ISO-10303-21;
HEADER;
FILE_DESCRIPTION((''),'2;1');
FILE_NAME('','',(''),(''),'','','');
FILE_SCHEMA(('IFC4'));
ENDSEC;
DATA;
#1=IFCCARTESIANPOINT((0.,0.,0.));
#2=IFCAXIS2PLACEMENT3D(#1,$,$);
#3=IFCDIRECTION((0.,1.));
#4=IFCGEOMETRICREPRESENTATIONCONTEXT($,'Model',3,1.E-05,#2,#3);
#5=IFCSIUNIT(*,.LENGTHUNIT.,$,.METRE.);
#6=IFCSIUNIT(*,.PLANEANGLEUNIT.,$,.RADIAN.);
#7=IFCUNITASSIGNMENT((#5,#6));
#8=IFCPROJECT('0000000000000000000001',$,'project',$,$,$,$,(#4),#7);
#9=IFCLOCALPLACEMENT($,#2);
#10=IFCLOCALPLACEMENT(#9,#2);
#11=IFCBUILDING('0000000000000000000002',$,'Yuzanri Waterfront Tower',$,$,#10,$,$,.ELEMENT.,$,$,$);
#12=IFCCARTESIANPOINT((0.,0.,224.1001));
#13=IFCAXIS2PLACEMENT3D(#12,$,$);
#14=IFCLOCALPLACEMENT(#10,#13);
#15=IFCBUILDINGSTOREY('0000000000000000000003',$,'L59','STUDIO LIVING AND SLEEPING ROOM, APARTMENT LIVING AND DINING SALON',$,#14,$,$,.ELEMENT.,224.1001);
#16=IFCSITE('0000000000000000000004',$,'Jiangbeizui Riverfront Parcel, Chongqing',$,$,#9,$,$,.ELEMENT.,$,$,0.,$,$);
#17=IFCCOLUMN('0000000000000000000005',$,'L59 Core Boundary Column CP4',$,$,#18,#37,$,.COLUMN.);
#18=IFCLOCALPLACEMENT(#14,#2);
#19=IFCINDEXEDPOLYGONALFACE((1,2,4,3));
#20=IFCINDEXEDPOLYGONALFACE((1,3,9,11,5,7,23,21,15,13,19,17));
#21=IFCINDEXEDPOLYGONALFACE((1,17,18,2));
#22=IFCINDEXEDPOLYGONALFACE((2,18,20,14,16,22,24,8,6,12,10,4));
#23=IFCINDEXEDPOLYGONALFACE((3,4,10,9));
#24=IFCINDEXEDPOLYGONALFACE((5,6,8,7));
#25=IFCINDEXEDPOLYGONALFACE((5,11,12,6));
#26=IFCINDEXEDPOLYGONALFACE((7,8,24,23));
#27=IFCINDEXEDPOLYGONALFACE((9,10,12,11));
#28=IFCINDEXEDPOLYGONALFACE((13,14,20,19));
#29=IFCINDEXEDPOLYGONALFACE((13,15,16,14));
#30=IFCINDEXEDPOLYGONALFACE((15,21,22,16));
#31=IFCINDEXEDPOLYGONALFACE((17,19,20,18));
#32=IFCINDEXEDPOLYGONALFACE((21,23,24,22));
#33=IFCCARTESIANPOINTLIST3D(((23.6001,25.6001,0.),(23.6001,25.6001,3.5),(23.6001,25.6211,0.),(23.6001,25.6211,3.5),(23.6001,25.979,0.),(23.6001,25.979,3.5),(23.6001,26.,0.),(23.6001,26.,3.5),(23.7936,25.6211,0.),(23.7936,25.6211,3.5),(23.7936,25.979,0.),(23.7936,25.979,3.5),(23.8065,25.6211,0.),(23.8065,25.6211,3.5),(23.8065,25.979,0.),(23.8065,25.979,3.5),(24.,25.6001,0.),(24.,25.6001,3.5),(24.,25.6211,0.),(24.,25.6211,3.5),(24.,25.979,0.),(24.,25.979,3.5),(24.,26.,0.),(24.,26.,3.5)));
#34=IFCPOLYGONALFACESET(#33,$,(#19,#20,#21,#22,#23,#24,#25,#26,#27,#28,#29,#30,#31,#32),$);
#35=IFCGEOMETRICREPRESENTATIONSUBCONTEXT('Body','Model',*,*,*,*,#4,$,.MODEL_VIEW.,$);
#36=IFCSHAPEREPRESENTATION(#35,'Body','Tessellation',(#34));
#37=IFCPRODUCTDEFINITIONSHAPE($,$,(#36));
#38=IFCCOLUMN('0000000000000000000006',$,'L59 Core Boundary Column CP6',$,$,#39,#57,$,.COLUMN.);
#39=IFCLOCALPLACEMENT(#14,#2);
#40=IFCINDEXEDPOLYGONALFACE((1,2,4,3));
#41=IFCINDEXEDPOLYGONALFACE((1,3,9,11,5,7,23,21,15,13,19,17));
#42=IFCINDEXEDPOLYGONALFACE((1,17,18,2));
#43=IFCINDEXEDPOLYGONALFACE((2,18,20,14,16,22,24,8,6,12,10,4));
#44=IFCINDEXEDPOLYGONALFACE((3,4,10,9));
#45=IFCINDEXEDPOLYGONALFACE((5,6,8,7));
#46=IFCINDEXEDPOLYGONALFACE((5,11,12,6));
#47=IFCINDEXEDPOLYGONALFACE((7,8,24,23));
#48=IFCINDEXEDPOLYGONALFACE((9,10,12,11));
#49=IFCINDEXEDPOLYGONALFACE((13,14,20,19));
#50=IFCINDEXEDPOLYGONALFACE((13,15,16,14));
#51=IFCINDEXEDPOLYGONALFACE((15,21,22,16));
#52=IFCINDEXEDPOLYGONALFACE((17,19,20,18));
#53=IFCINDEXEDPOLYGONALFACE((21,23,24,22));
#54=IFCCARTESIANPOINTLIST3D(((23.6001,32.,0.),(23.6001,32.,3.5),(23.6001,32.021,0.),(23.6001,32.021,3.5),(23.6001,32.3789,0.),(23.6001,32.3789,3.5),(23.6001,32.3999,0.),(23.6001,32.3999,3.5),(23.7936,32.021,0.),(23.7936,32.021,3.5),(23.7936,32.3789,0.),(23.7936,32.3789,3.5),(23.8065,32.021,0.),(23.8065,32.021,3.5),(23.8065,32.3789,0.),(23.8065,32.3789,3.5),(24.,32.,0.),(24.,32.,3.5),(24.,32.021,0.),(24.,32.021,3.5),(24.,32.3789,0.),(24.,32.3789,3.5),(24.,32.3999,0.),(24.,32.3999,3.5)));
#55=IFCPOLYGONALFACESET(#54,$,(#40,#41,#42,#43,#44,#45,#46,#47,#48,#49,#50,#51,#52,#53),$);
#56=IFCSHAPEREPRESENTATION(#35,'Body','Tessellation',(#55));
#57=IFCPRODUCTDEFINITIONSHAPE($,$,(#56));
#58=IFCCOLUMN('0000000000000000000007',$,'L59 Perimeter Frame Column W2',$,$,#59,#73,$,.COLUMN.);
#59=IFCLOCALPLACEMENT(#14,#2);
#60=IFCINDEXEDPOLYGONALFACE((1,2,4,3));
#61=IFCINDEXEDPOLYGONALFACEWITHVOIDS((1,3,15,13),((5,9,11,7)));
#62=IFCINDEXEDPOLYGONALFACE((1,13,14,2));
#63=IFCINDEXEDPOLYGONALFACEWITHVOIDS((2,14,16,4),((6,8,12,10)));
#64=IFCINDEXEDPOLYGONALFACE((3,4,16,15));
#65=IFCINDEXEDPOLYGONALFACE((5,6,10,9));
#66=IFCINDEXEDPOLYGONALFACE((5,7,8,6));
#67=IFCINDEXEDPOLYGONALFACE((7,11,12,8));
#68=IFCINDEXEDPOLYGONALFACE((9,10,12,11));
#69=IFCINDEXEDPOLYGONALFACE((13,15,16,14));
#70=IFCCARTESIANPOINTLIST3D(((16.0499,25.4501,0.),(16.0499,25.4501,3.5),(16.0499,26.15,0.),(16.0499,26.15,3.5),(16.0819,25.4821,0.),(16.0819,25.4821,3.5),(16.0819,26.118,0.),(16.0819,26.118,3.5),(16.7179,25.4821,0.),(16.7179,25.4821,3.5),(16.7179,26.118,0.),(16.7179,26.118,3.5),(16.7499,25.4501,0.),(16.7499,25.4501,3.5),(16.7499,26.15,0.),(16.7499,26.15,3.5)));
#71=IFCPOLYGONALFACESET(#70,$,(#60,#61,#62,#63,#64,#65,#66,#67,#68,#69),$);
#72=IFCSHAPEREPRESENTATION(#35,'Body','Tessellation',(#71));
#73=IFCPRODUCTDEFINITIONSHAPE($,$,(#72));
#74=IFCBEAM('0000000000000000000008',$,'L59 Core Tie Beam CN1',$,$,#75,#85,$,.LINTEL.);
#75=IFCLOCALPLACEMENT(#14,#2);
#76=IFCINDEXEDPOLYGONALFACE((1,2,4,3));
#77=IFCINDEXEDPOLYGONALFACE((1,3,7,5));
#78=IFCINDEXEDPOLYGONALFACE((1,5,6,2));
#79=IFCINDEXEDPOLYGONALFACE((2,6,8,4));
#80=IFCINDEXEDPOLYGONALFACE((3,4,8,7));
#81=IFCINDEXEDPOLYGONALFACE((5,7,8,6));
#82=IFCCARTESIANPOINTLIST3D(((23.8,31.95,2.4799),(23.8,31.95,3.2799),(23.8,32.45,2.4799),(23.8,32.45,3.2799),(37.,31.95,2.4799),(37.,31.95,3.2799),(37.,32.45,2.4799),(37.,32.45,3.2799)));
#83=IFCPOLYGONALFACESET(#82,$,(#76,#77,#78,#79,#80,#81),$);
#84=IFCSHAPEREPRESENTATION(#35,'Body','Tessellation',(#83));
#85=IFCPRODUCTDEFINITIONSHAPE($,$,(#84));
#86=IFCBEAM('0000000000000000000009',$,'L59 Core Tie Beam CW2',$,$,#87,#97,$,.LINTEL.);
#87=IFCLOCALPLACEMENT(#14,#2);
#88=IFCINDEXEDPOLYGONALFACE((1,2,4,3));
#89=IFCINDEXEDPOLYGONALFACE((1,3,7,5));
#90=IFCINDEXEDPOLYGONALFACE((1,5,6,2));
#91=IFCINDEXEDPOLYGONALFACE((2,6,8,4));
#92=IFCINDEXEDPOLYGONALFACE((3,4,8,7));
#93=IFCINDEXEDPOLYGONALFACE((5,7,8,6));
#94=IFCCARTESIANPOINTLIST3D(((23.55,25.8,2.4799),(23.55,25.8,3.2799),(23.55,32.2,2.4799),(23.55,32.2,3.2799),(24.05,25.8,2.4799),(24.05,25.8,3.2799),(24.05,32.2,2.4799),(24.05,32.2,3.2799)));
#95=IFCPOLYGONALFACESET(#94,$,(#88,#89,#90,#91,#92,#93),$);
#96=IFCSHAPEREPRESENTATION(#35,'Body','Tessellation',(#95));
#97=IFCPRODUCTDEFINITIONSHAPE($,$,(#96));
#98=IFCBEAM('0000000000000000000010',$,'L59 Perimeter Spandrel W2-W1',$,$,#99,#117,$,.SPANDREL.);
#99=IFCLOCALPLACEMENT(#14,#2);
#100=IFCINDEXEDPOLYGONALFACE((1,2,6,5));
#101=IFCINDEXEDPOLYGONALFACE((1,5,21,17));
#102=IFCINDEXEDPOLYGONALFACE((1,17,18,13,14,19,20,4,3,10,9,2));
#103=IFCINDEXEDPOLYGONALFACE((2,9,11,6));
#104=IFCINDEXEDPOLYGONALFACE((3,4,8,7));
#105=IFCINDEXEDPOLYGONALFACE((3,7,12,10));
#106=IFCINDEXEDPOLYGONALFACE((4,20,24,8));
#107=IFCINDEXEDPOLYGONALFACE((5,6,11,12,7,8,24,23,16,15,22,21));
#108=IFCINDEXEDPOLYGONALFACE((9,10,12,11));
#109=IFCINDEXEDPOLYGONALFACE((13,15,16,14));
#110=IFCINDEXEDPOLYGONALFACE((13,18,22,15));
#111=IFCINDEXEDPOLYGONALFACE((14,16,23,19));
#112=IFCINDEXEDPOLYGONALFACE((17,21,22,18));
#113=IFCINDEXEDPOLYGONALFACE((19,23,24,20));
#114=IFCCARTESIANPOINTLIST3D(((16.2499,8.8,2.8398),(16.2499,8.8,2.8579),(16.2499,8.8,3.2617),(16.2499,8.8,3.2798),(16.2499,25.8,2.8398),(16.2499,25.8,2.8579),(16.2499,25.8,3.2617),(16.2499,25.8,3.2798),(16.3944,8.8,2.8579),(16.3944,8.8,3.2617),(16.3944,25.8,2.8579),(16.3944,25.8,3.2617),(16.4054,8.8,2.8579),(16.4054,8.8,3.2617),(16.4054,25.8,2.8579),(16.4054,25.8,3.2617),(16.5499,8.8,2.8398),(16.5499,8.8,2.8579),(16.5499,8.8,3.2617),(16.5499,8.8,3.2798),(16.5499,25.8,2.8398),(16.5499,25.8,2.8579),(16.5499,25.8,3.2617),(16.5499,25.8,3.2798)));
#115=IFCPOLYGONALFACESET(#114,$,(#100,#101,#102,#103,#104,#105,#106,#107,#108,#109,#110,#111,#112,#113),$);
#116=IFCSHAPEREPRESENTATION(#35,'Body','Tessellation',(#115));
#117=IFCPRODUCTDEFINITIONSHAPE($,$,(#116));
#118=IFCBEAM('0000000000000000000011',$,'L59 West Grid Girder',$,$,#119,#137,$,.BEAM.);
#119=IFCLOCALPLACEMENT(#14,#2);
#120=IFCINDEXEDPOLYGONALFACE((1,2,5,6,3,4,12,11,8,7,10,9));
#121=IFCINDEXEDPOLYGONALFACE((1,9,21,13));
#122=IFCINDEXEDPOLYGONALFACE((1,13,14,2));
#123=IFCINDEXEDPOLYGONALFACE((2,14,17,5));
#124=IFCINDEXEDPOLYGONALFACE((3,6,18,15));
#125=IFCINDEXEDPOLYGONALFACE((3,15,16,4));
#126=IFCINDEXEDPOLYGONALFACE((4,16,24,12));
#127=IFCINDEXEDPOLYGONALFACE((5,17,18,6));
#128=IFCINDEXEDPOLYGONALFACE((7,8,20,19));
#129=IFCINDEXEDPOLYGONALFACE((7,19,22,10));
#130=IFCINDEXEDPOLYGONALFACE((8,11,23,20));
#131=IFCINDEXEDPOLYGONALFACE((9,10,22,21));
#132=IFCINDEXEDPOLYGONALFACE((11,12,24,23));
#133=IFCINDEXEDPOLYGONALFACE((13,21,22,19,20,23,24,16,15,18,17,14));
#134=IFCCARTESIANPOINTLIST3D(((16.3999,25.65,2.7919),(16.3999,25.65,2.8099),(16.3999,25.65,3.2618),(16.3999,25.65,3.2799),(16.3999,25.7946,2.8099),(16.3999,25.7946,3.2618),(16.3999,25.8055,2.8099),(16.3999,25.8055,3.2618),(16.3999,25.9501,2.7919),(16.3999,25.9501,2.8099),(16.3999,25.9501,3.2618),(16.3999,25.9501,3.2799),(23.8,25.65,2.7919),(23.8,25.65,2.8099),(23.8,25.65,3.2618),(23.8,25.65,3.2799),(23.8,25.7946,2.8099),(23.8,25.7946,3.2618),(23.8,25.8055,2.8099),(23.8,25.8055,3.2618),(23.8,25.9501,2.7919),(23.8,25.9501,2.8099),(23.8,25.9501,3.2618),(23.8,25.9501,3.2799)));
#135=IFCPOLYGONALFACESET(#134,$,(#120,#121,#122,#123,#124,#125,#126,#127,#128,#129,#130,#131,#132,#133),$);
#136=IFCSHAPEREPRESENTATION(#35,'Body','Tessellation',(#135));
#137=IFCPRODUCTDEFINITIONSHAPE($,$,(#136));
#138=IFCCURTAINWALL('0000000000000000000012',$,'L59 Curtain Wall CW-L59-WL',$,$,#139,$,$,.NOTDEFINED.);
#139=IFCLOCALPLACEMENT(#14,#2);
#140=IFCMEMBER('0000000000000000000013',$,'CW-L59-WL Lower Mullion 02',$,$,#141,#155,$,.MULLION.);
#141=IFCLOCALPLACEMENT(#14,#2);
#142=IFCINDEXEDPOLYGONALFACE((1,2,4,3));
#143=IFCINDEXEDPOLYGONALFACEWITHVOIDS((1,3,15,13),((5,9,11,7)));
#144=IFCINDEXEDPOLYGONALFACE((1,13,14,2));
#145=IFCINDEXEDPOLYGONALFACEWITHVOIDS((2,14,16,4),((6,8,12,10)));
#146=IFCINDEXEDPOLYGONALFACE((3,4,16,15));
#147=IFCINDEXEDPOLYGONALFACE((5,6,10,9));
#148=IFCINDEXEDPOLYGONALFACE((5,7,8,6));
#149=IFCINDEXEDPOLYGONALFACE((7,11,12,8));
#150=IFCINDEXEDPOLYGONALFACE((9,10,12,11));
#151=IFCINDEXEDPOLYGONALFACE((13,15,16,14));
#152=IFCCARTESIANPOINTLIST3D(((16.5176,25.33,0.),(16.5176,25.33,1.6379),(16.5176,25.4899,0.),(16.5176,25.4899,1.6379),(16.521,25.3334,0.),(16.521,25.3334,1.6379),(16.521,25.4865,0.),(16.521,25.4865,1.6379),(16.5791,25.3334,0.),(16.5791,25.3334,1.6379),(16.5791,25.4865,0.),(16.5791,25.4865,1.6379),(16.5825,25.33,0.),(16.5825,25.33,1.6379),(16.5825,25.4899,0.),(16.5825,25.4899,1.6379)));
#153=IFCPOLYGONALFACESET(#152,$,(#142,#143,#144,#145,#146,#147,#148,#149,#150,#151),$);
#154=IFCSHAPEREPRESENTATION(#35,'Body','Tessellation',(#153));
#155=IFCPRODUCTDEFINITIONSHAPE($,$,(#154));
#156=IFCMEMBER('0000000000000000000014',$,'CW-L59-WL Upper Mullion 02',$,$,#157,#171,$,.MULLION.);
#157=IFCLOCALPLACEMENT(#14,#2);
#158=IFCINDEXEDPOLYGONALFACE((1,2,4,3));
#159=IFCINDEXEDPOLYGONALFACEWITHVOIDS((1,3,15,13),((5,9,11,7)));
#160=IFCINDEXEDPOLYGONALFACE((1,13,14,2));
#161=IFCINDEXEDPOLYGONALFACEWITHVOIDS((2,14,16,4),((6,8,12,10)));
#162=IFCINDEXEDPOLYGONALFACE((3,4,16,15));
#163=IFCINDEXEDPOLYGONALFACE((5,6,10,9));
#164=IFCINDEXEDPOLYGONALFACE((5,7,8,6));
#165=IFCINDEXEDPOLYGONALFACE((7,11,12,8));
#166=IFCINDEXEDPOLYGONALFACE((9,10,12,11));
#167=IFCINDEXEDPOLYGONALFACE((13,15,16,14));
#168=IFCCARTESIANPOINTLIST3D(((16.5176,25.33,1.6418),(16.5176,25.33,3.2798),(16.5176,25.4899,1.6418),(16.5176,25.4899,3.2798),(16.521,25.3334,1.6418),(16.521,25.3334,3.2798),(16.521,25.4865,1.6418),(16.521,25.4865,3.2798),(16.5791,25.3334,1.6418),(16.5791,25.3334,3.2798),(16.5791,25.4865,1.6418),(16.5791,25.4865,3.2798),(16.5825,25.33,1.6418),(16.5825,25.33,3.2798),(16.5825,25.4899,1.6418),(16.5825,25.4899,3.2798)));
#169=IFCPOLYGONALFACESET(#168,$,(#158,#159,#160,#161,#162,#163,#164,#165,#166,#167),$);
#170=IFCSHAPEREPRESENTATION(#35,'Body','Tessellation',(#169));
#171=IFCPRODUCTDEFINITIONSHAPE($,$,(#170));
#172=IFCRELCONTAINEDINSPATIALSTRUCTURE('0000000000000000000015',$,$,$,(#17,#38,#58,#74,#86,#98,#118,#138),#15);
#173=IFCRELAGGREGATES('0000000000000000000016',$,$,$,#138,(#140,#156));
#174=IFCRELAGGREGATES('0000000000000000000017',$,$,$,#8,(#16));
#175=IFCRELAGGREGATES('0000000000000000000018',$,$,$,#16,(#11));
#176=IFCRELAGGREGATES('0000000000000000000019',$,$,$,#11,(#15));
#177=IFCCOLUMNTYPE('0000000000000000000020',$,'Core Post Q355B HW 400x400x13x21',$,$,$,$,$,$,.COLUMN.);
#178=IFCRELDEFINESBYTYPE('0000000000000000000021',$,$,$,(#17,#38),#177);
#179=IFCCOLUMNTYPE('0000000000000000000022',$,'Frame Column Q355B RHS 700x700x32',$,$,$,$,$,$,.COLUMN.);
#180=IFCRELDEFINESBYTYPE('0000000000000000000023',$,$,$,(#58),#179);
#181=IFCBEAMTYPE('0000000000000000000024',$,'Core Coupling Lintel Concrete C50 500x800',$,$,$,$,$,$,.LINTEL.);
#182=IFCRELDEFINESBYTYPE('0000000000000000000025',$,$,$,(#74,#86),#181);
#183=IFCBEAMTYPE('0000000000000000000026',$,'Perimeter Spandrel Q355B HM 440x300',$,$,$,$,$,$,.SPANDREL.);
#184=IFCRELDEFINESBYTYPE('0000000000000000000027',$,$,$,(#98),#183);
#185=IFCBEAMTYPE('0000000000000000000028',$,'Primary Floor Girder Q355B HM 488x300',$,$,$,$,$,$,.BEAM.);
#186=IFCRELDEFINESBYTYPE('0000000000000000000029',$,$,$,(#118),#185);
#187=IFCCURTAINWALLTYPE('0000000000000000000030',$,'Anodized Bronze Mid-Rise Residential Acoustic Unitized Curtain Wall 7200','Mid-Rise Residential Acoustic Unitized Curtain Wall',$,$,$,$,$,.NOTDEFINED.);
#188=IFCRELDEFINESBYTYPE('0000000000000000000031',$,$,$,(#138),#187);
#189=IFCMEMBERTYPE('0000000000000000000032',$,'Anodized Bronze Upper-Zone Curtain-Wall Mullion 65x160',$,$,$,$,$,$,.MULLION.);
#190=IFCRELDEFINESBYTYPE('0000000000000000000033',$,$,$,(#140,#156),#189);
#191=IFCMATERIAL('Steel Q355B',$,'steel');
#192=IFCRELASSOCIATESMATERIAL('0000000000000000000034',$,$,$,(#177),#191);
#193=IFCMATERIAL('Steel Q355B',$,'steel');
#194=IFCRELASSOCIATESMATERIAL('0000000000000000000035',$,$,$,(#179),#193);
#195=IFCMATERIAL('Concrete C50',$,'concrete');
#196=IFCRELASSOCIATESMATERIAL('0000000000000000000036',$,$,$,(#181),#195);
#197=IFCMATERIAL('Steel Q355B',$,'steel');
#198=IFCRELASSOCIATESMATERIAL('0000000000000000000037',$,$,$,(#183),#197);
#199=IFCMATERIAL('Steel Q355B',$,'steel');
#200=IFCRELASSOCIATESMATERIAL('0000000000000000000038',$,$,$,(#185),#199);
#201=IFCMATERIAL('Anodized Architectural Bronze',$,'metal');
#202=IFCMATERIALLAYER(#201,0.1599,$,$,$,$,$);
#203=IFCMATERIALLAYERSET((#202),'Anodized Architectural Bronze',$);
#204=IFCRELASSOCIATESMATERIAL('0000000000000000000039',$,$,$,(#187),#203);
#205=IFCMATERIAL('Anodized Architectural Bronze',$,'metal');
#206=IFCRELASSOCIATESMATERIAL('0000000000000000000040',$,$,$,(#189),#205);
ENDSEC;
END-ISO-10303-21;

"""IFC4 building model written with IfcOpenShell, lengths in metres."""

from ifc_helpers import new_model, si_unit, direction, frame, origin, origin_2d, place, context, subcontext, project, spatial, rectangle, hollow_rectangle, i_section, extrude, source, transform, mapped, material, layer, layer_set, material_profile, profile_set, type_object, element, aggregate, save


model = new_model("IFC4")

# Units and contexts
model_context = context("Model", 3, precision=1e-05, world=origin(), true_north=direction((0.0, 1.0)))
body_context = subcontext(model_context, "Body", "Model", "MODEL_VIEW")
ifc_project = project(units=[si_unit("LENGTHUNIT", "METRE"), si_unit("PLANEANGLEUNIT", "RADIAN")], contexts=[model_context])

# Site, building, storey
site_placement = place(None, origin())
site = spatial("IfcSite", under=ifc_project, at=site_placement, Name="Jiangbeizui Riverfront Parcel, Chongqing", CompositionType="ELEMENT", RefElevation=0.0)
building_placement = place(site_placement, origin())
building = spatial("IfcBuilding", under=site, at=building_placement, Name="Yuzanri Waterfront Tower", CompositionType="ELEMENT")
storey_placement = place(building_placement, frame((0.0, 0.0, 224.1001)))
storey = spatial("IfcBuildingStorey", under=building, at=storey_placement, Name="L59", Description="STUDIO LIVING AND SLEEPING ROOM, APARTMENT LIVING AND DINING SALON", CompositionType="ELEMENT", Elevation=224.1001)

# Columns
ifc_material_1 = material(Name="Steel Q355B", Category="steel")
ifc_material_profile_1 = material_profile(ifc_material_1, i_section(OverallWidth=0.3999, OverallDepth=0.3999, WebThickness=0.0129, FlangeThickness=0.021, at=origin_2d()), Name="HW 400x400x13x21")
ifc_profile_set_1 = profile_set([ifc_material_profile_1], Name="Steel Q355B")
column_type_1 = type_object("IfcColumnType", Name="Core Post Q355B HW 400x400x13x21", PredefinedType="COLUMN", material=ifc_profile_set_1)
shared_shape_1 = source(origin(), body_context, "Body", "SweptSolid", [
    extrude(i_section(OverallWidth=0.3999, OverallDepth=0.3999, WebThickness=0.0129, FlangeThickness=0.021, at=origin_2d()), origin(), (0.0, 0.0, 1.0), 3.5),
])
for number, where, z_axis, x_axis, name in (
    (1, (23.8, 25.8, 0.0), (0.0, 0.0, 1.0), (1.0, 0.0, 0.0), "L59 Core Boundary Column CP4"),
    (2, (23.8, 32.2, 0.0), (0.0, 0.0, 1.0), (1.0, 0.0, 0.0), "L59 Core Boundary Column CP6"),
):
    element("IfcColumn", number, at=place(storey_placement, frame(where, z_axis=z_axis, x_axis=x_axis)), inside=storey, type_object=column_type_1, Name=name, PredefinedType="COLUMN", context=body_context, shape_type="MappedRepresentation", body=[
        mapped(shared_shape_1, transform((0.0, 0.0, 0.0), scale=1.0)),
    ])
ifc_material_2 = material(Name="Steel Q355B", Category="steel")
ifc_material_profile_2 = material_profile(ifc_material_2, hollow_rectangle(XDim=0.7, YDim=0.7, WallThickness=0.032, at=origin_2d()), Name="RHS 700x700x32")
ifc_profile_set_2 = profile_set([ifc_material_profile_2], Name="Steel Q355B")
column_type_2 = type_object("IfcColumnType", Name="Frame Column Q355B RHS 700x700x32", PredefinedType="COLUMN", material=ifc_profile_set_2)
shared_shape_2 = source(origin(), body_context, "Body", "SweptSolid", [
    extrude(hollow_rectangle(XDim=0.7, YDim=0.7, WallThickness=0.032, at=origin_2d()), origin(), (0.0, 0.0, 1.0), 3.5),
])
column_placement = place(storey_placement, frame((16.3999, 25.8, 0.0), z_axis=(0.0, 0.0, 1.0), x_axis=(1.0, 0.0, 0.0)))
element("IfcColumn", 3, at=column_placement, inside=storey, type_object=column_type_2, Name="L59 Perimeter Frame Column W2", PredefinedType="COLUMN", context=body_context, shape_type="MappedRepresentation", body=[
    mapped(shared_shape_2, transform((0.0, 0.0, 0.0), scale=1.0)),
])

# Beams
ifc_material_3 = material(Name="Concrete C50", Category="concrete")
ifc_material_profile_3 = material_profile(ifc_material_3, rectangle(XDim=0.5, YDim=0.8, at=origin_2d()), Name="RC 500x800")
ifc_profile_set_3 = profile_set([ifc_material_profile_3], Name="Concrete C50")
beam_type_1 = type_object("IfcBeamType", Name="Core Coupling Lintel Concrete C50 500x800", PredefinedType="LINTEL", material=ifc_profile_set_3)
shared_shape_3 = source(origin(), body_context, "Body", "SweptSolid", [
    extrude(rectangle(XDim=0.5, YDim=0.8, at=origin_2d()), origin(), (0.0, 0.0, 1.0), 13.2),
])
beam_1_placement = place(storey_placement, frame((23.8, 32.2, 2.8799), z_axis=(1.0, 0.0, 0.0), x_axis=(0.0, 1.0, 0.0)))
element("IfcBeam", 4, at=beam_1_placement, inside=storey, type_object=beam_type_1, Name="L59 Core Tie Beam CN1", PredefinedType="LINTEL", context=body_context, shape_type="MappedRepresentation", body=[
    mapped(shared_shape_3, transform((0.0, 0.0, 0.0), scale=1.0)),
])
shared_shape_4 = source(origin(), body_context, "Body", "SweptSolid", [
    extrude(rectangle(XDim=0.5, YDim=0.8, at=origin_2d()), origin(), (0.0, 0.0, 1.0), 6.3999),
])
beam_2_placement = place(storey_placement, frame((23.8, 25.8, 2.8799), z_axis=(0.0, 1.0, 0.0), x_axis=(-1.0, 0.0, 0.0)))
element("IfcBeam", 5, at=beam_2_placement, inside=storey, type_object=beam_type_1, Name="L59 Core Tie Beam CW2", PredefinedType="LINTEL", context=body_context, shape_type="MappedRepresentation", body=[
    mapped(shared_shape_4, transform((0.0, 0.0, 0.0), scale=1.0)),
])
ifc_material_4 = material(Name="Steel Q355B", Category="steel")
ifc_material_profile_4 = material_profile(ifc_material_4, i_section(OverallWidth=0.3, OverallDepth=0.4399, WebThickness=0.011, FlangeThickness=0.0181, at=origin_2d()), Name="HM 440x300x11x18")
ifc_profile_set_4 = profile_set([ifc_material_profile_4], Name="Steel Q355B")
beam_type_2 = type_object("IfcBeamType", Name="Perimeter Spandrel Q355B HM 440x300", PredefinedType="SPANDREL", material=ifc_profile_set_4)
shared_shape_5 = source(origin(), body_context, "Body", "SweptSolid", [
    extrude(i_section(OverallWidth=0.3, OverallDepth=0.4399, WebThickness=0.011, FlangeThickness=0.0181, at=origin_2d()), origin(), (0.0, 0.0, 1.0), 17.0),
])
beam_3_placement = place(storey_placement, frame((16.3999, 25.8, 3.0598), z_axis=(0.0, -1.0, 0.0), x_axis=(1.0, 0.0, 0.0)))
element("IfcBeam", 6, at=beam_3_placement, inside=storey, type_object=beam_type_2, Name="L59 Perimeter Spandrel W2-W1", PredefinedType="SPANDREL", context=body_context, shape_type="MappedRepresentation", body=[
    mapped(shared_shape_5, transform((0.0, 0.0, 0.0), scale=1.0)),
])
ifc_material_5 = material(Name="Steel Q355B", Category="steel")
ifc_material_profile_5 = material_profile(ifc_material_5, i_section(OverallWidth=0.3, OverallDepth=0.488, WebThickness=0.011, FlangeThickness=0.0181, at=origin_2d()), Name="HM 488x300x11x18")
ifc_profile_set_5 = profile_set([ifc_material_profile_5], Name="Steel Q355B")
beam_type_3 = type_object("IfcBeamType", Name="Primary Floor Girder Q355B HM 488x300", PredefinedType="BEAM", material=ifc_profile_set_5)
shared_shape_6 = source(origin(), body_context, "Body", "SweptSolid", [
    extrude(i_section(OverallWidth=0.3, OverallDepth=0.488, WebThickness=0.011, FlangeThickness=0.0181, at=origin_2d()), origin(), (0.0, 0.0, 1.0), 7.4001),
])
beam_4_placement = place(storey_placement, frame((23.8, 25.8, 3.0359), z_axis=(-1.0, 0.0, 0.0), x_axis=(0.0, -1.0, 0.0)))
element("IfcBeam", 7, at=beam_4_placement, inside=storey, type_object=beam_type_3, Name="L59 West Grid Girder", PredefinedType="BEAM", context=body_context, shape_type="MappedRepresentation", body=[
    mapped(shared_shape_6, transform((0.0, 0.0, 0.0), scale=1.0)),
])

# Curtain wall, members
ifc_material_6 = material(Name="Anodized Architectural Bronze", Category="metal")
ifc_layer_1 = layer(ifc_material_6, 0.1599)
ifc_layer_set_1 = layer_set([ifc_layer_1], Name="Anodized Architectural Bronze")
curtain_wall_type = type_object("IfcCurtainWallType", Name="Anodized Bronze Mid-Rise Residential Acoustic Unitized Curtain Wall 7200", Description="Mid-Rise Residential Acoustic Unitized Curtain Wall", PredefinedType="NOTDEFINED", material=ifc_layer_set_1)
curtain_wall_1_placement = place(storey_placement, origin())
curtain_wall_1 = element("IfcCurtainWall", 8, at=curtain_wall_1_placement, inside=storey, type_object=curtain_wall_type, Name="L59 Curtain Wall CW-L59-WL", PredefinedType="NOTDEFINED")
ifc_material_7 = material(Name="Anodized Architectural Bronze", Category="metal")
ifc_material_profile_6 = material_profile(ifc_material_7, hollow_rectangle(XDim=0.0649, YDim=0.1599, WallThickness=0.0034, at=origin_2d()), Name="CWM 65x160")
ifc_profile_set_6 = profile_set([ifc_material_profile_6], Name="Anodized Architectural Bronze")
member_type_1 = type_object("IfcMemberType", Name="Anodized Bronze Upper-Zone Curtain-Wall Mullion 65x160", PredefinedType="MULLION", material=ifc_profile_set_6)
shared_shape_7 = source(origin(), body_context, "Body", "SweptSolid", [
    extrude(hollow_rectangle(XDim=0.0649, YDim=0.1599, WallThickness=0.0034, at=origin_2d()), origin(), (0.0, 0.0, 1.0), 1.6379),
])
member_1_placement = place(storey_placement, frame((16.55, 25.4099, 0.0), z_axis=(0.0, 0.0, 1.0), x_axis=(1.0, 0.0, 0.0)))
member_1 = element("IfcMember", 9, at=member_1_placement, type_object=member_type_1, Name="CW-L59-WL Lower Mullion 02", PredefinedType="MULLION", context=body_context, shape_type="MappedRepresentation", body=[
    mapped(shared_shape_7, transform((0.0, 0.0, 0.0), scale=1.0)),
])
member_2_placement = place(storey_placement, frame((16.55, 25.4099, 1.6418), z_axis=(0.0, 0.0, 1.0), x_axis=(1.0, 0.0, 0.0)))
member_2 = element("IfcMember", 10, at=member_2_placement, type_object=member_type_1, Name="CW-L59-WL Upper Mullion 02", PredefinedType="MULLION", context=body_context, shape_type="MappedRepresentation", body=[
    mapped(shared_shape_7, transform((0.0, 0.0, 0.0), scale=1.0)),
])
aggregate(curtain_wall_1, [member_1, member_2])

save(model, "model.ifc")
